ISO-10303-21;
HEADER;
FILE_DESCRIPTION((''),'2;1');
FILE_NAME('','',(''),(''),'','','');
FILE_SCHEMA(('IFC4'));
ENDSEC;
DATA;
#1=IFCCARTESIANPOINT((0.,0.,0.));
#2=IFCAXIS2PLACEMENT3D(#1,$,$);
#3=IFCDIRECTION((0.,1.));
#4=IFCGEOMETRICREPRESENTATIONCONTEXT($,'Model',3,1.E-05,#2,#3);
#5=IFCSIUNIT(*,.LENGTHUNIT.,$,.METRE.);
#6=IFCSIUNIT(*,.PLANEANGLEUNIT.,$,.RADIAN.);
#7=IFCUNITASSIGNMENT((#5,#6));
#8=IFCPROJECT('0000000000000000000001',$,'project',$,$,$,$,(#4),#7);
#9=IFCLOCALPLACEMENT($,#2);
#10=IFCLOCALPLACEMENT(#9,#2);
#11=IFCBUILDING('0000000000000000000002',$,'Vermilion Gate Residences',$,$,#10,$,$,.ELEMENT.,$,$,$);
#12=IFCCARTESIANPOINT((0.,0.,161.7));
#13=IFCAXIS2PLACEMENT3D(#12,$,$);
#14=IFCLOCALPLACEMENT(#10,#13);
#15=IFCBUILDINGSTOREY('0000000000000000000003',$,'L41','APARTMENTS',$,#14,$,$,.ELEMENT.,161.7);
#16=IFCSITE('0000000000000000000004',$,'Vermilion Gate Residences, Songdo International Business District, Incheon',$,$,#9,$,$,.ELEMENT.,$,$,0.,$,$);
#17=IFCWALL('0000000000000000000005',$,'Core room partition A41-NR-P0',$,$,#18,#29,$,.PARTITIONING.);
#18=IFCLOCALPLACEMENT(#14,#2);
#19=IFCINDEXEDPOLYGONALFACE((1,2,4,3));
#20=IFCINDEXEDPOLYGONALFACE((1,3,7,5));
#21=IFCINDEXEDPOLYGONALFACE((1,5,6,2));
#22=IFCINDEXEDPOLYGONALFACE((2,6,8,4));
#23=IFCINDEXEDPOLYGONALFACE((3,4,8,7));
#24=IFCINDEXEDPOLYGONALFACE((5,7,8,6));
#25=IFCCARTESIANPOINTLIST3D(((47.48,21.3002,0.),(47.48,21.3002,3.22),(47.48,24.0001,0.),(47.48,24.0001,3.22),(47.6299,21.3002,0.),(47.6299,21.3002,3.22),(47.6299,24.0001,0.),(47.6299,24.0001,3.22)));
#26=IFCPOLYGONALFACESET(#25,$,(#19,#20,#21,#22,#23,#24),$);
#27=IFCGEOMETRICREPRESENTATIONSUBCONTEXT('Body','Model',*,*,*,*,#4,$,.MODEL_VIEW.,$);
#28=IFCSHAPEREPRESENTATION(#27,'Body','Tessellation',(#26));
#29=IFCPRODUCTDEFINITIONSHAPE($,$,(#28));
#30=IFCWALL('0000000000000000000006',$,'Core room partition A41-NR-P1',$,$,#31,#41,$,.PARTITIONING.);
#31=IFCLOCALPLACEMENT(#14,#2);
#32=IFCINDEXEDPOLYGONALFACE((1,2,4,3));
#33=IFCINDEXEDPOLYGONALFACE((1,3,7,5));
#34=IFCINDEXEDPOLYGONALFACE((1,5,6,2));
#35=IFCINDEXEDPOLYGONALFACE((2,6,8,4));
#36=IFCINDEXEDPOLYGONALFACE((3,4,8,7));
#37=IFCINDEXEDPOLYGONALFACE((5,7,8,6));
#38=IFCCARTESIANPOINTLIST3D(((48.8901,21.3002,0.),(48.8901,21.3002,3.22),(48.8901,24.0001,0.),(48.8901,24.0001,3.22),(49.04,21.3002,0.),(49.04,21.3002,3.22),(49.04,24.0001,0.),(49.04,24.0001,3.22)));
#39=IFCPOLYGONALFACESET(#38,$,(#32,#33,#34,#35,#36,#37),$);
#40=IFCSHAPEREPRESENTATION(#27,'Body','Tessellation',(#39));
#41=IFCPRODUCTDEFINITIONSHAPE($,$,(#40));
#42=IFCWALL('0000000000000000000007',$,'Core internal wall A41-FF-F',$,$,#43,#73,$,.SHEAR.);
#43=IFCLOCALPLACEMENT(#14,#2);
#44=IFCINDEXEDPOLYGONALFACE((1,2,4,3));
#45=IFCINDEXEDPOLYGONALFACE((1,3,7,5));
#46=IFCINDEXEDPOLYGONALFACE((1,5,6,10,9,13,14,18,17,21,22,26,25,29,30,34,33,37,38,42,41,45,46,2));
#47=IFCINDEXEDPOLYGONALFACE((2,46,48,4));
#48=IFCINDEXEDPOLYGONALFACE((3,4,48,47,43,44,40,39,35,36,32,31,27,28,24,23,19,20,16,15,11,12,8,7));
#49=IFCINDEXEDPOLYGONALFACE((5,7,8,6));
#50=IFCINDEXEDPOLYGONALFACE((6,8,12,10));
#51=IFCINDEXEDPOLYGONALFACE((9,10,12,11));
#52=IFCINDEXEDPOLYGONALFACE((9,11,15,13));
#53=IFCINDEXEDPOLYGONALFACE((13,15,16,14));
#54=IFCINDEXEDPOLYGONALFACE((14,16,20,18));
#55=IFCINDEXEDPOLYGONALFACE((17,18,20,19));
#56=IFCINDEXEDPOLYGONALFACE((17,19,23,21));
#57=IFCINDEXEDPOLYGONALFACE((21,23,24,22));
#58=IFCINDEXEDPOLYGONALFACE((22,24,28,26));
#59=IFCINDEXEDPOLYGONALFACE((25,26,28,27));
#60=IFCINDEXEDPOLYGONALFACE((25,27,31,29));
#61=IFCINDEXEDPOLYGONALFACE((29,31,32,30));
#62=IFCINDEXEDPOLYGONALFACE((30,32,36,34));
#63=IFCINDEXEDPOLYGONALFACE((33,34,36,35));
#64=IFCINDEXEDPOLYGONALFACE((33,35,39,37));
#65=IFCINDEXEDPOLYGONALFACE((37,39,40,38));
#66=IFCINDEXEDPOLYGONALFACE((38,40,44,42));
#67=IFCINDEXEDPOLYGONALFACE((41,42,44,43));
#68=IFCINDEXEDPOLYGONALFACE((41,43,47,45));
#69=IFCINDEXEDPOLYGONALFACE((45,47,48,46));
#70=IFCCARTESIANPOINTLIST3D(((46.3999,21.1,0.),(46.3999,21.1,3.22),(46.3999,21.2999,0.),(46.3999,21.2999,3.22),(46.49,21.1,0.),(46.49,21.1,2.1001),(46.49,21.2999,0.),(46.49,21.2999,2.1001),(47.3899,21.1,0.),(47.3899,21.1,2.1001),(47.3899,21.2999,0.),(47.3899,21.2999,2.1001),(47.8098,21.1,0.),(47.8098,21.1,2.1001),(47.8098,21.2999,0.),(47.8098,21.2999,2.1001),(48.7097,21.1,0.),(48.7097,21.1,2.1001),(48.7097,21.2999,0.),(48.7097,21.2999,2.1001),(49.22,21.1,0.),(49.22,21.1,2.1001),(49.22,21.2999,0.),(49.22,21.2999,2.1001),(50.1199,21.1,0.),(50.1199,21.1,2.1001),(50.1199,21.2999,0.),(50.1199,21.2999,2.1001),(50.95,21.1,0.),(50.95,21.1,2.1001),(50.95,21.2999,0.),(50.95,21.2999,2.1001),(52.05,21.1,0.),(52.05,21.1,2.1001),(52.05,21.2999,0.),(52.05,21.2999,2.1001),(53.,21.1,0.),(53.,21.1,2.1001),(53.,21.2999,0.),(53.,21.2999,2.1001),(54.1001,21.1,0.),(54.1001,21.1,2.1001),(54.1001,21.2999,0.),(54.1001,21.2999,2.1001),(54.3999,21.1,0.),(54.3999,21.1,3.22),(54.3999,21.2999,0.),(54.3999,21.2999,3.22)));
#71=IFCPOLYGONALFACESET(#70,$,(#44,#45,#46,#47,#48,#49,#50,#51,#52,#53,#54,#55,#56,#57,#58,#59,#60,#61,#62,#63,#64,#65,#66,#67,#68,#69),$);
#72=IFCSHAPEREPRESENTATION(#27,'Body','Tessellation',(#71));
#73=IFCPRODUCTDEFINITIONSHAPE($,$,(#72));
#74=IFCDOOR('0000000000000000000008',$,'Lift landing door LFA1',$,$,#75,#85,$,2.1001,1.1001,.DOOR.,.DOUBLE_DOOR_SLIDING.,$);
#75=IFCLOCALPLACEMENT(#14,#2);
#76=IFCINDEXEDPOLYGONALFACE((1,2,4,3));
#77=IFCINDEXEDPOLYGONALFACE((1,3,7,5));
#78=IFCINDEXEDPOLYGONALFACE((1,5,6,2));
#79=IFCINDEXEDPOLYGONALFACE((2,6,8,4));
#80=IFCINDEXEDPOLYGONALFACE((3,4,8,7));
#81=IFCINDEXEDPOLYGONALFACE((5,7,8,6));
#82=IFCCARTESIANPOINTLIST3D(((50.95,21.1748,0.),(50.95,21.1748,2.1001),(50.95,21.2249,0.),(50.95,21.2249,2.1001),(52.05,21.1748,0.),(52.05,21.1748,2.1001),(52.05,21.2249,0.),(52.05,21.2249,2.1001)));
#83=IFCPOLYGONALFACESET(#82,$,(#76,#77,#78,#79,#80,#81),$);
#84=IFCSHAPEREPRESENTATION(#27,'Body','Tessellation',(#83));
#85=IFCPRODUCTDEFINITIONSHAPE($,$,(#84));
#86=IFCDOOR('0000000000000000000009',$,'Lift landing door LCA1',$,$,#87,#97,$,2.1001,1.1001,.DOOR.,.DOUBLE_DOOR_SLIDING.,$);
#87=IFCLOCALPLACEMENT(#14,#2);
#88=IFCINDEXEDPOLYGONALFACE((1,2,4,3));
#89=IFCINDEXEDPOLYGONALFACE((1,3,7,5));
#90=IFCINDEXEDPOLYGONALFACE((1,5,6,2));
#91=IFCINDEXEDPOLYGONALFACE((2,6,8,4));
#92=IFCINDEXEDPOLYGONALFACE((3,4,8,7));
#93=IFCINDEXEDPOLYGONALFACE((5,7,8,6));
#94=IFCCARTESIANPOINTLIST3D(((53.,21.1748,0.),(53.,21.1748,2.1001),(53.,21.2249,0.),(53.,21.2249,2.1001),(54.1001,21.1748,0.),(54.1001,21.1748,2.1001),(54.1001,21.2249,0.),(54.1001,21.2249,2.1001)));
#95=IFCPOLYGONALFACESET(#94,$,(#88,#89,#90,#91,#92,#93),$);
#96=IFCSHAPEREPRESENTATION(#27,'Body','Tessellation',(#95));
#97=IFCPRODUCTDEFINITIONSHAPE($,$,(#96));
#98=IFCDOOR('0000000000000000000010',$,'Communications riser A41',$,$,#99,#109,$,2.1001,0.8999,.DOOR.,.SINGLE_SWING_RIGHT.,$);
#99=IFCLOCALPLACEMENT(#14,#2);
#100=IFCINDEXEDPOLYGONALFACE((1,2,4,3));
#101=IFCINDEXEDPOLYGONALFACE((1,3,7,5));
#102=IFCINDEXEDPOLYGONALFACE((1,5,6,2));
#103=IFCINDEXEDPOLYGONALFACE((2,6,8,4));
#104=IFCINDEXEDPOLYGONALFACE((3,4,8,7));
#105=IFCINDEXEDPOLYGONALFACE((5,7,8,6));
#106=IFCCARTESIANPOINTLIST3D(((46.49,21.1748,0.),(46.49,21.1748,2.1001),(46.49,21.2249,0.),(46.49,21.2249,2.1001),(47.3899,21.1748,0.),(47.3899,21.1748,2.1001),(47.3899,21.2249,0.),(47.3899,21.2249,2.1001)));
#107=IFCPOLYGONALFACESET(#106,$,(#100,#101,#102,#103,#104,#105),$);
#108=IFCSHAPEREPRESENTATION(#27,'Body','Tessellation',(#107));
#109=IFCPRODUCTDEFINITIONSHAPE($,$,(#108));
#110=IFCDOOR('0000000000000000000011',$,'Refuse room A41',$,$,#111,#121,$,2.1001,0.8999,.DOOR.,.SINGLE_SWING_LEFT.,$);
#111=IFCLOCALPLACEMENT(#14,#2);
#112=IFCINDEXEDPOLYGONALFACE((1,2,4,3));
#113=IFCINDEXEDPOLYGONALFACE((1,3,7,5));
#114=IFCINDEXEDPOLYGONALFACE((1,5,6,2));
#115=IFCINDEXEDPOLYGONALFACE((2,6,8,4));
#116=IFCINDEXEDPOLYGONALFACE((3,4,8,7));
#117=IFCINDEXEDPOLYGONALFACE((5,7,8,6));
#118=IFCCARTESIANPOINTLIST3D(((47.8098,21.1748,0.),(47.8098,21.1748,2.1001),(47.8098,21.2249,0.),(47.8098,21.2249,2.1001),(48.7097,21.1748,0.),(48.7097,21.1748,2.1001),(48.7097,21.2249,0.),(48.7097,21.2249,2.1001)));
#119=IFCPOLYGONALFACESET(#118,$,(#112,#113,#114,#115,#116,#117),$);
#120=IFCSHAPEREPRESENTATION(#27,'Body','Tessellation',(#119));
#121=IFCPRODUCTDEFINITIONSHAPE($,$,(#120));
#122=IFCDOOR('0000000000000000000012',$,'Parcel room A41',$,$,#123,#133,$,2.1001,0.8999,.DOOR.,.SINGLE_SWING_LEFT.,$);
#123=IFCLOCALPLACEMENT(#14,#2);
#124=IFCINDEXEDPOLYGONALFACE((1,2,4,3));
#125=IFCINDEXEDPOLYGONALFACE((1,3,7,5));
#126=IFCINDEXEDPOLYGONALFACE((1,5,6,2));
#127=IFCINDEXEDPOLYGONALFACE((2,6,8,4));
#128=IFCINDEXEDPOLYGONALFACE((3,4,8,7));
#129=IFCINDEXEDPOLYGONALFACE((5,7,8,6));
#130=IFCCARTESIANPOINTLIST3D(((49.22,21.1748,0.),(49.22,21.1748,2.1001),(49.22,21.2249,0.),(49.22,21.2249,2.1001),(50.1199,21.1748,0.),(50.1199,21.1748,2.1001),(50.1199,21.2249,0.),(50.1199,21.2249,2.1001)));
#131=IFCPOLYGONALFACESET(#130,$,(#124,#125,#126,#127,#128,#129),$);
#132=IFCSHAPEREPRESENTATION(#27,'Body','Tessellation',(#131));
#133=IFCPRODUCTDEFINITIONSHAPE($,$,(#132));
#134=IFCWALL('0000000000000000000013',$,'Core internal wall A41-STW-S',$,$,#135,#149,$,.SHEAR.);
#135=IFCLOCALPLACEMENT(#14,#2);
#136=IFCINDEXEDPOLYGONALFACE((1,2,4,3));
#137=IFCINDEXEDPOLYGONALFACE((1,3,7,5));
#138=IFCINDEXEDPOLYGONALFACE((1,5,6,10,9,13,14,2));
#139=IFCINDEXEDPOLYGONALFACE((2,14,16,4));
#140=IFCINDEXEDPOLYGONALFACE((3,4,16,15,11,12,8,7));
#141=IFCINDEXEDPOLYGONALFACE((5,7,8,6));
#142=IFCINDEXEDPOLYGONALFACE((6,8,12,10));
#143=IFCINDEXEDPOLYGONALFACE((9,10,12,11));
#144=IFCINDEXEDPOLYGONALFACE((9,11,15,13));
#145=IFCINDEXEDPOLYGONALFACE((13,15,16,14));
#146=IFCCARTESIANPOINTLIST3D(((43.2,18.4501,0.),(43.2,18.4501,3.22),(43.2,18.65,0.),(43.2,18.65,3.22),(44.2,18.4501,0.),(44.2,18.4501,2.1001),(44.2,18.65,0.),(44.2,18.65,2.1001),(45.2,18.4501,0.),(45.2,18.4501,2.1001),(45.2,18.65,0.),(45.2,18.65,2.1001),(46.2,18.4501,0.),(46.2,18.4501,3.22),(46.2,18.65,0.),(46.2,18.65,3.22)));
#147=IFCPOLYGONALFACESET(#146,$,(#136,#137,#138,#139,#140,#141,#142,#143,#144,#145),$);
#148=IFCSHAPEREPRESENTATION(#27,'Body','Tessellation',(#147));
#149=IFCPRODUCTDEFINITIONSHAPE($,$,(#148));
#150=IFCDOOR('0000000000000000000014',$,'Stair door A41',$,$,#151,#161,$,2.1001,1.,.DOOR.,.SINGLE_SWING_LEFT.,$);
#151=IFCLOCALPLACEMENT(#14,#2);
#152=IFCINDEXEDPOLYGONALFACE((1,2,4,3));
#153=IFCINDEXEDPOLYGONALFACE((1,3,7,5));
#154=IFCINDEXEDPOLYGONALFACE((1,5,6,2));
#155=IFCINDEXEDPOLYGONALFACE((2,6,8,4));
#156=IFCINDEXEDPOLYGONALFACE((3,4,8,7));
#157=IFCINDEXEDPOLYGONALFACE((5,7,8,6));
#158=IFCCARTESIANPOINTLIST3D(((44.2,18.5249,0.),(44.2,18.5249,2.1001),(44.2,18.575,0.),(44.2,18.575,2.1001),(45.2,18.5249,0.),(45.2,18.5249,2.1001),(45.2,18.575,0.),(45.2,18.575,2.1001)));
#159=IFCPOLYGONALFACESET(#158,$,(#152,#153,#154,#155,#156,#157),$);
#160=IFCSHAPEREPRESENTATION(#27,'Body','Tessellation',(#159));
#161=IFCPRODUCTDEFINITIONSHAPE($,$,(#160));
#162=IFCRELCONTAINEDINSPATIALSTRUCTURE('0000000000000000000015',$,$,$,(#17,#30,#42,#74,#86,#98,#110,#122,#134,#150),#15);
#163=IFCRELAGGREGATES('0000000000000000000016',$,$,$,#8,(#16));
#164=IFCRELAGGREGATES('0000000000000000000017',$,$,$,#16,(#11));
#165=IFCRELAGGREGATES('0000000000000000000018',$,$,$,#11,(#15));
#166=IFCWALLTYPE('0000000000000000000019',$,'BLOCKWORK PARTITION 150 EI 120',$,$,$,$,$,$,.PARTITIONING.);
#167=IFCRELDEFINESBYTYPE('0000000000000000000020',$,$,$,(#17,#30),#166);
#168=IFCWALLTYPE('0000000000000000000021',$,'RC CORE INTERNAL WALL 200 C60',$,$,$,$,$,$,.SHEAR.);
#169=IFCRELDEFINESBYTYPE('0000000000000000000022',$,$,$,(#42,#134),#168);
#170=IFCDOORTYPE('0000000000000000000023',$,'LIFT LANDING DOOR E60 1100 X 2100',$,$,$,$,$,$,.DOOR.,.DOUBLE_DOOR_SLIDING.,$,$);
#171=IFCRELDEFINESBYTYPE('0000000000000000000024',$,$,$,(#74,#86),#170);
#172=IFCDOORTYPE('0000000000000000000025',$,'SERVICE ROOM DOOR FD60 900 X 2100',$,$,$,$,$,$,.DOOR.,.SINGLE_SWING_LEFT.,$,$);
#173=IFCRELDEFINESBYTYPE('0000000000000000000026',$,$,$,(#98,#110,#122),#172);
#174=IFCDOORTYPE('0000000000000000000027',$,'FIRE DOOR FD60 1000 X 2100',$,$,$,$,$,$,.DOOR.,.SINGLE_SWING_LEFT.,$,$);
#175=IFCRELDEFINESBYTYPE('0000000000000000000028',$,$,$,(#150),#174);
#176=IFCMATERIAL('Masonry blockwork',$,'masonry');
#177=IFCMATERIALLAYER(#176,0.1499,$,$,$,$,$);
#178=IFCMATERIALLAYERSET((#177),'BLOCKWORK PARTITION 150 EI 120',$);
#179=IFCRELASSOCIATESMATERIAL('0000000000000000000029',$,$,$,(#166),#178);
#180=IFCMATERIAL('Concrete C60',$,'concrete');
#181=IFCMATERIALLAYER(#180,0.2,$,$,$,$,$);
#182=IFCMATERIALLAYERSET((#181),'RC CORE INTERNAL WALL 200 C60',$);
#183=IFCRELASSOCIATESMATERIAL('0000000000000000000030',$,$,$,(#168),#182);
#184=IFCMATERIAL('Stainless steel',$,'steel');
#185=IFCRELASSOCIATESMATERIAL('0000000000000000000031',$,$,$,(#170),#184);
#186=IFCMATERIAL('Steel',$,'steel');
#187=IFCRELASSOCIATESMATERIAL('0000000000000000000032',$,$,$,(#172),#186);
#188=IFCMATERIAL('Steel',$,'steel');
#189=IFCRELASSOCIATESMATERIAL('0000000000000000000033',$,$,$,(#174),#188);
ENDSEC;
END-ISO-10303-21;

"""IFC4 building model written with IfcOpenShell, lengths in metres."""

from ifc_helpers import new_model, si_unit, direction, frame, frame_2d, origin, place, context, subcontext, project, spatial, rectangle, extrude, material, layer, layer_set, type_object, element, fill, save


model = new_model("IFC4")

# Units and contexts
model_context = context("Model", 3, precision=1e-05, world=origin(), true_north=direction((0.0, 1.0)))
body_context = subcontext(model_context, "Body", "Model", "MODEL_VIEW")
ifc_project = project(units=[si_unit("LENGTHUNIT", "METRE"), si_unit("PLANEANGLEUNIT", "RADIAN")], contexts=[model_context])

# Site, building, storey
site_placement = place(None, origin())
site = spatial("IfcSite", under=ifc_project, at=site_placement, Name="Vermilion Gate Residences, Songdo International Business District, Incheon", CompositionType="ELEMENT", RefElevation=0.0)
building_placement = place(site_placement, origin())
building = spatial("IfcBuilding", under=site, at=building_placement, Name="Vermilion Gate Residences", CompositionType="ELEMENT")
storey_placement = place(building_placement, frame((0.0, 0.0, 161.7)))
storey = spatial("IfcBuildingStorey", under=building, at=storey_placement, Name="L41", Description="APARTMENTS", CompositionType="ELEMENT", Elevation=161.7)

# Walls
ifc_material_1 = material(Name="Masonry blockwork", Category="masonry")
ifc_layer_1 = layer(ifc_material_1, 0.1499)
ifc_layer_set_1 = layer_set([ifc_layer_1], Name="BLOCKWORK PARTITION 150 EI 120")
wall_type_1 = type_object("IfcWallType", Name="BLOCKWORK PARTITION 150 EI 120", PredefinedType="PARTITIONING", material=ifc_layer_set_1)
for number, where, z_axis, x_axis, name in (
    (1, (47.5549, 21.3, 0.0), (0.0, 0.0, 1.0), (0.0, 1.0, 0.0), "Core room partition A41-NR-P0"),
    (2, (48.9651, 21.3, 0.0), (0.0, 0.0, 1.0), (0.0, 1.0, 0.0), "Core room partition A41-NR-P1"),
):
    element("IfcWall", number, at=place(storey_placement, frame(where, z_axis=z_axis, x_axis=x_axis)), inside=storey, type_object=wall_type_1, Name=name, PredefinedType="PARTITIONING", context=body_context, shape_type="SweptSolid", body=[
        extrude(rectangle(XDim=2.7, YDim=0.1499, at=frame_2d((1.3501, 0.0))), origin(), (0.0, 0.0, 1.0), 3.22),
    ])

# Wall, openings, doors
ifc_material_2 = material(Name="Concrete C60", Category="concrete")
ifc_layer_2 = layer(ifc_material_2, 0.2)
ifc_layer_set_2 = layer_set([ifc_layer_2], Name="RC CORE INTERNAL WALL 200 C60")
wall_type_2 = type_object("IfcWallType", Name="RC CORE INTERNAL WALL 200 C60", PredefinedType="SHEAR", material=ifc_layer_set_2)
wall_1_placement = place(storey_placement, frame((46.3999, 21.2, 0.0), z_axis=(0.0, 0.0, 1.0), x_axis=(1.0, 0.0, 0.0)))
wall_1 = element("IfcWall", 3, at=wall_1_placement, inside=storey, type_object=wall_type_2, Name="Core internal wall A41-FF-F", PredefinedType="SHEAR", context=body_context, shape_type="SweptSolid", body=[
    extrude(rectangle(XDim=8.0, YDim=0.2, at=frame_2d((4.0, 0.0))), origin(), (0.0, 0.0, 1.0), 3.22),
])
opening_1_placement = place(wall_1_placement, frame((0.0901, 0.0, 0.0)))
opening_1 = element("IfcOpeningElement", 4, at=opening_1_placement, cuts=wall_1, PredefinedType="OPENING", context=body_context, shape_type="SweptSolid", body=[
    extrude(rectangle(XDim=0.8999, YDim=2.1001, at=frame_2d((0.45, 1.05))), frame((0.0, 0.1099, 0.0), z_axis=(0.0, -1.0, 0.0), x_axis=(1.0, 0.0, 0.0)), (0.0, 0.0, 1.0), 0.22),
])
opening_2_placement = place(wall_1_placement, frame((1.4099, 0.0, 0.0)))
opening_2 = element("IfcOpeningElement", 5, at=opening_2_placement, cuts=wall_1, PredefinedType="OPENING", context=body_context, shape_type="SweptSolid", body=[
    extrude(rectangle(XDim=0.8999, YDim=2.1001, at=frame_2d((0.45, 1.05))), frame((0.0, 0.1099, 0.0), z_axis=(0.0, -1.0, 0.0), x_axis=(1.0, 0.0, 0.0)), (0.0, 0.0, 1.0), 0.22),
])
opening_3_placement = place(wall_1_placement, frame((2.8201, 0.0, 0.0)))
opening_3 = element("IfcOpeningElement", 6, at=opening_3_placement, cuts=wall_1, PredefinedType="OPENING", context=body_context, shape_type="SweptSolid", body=[
    extrude(rectangle(XDim=0.8999, YDim=2.1001, at=frame_2d((0.45, 1.05))), frame((0.0, 0.1099, 0.0), z_axis=(0.0, -1.0, 0.0), x_axis=(1.0, 0.0, 0.0)), (0.0, 0.0, 1.0), 0.22),
])
opening_4_placement = place(wall_1_placement, frame((4.55, 0.0, 0.0)))
opening_4 = element("IfcOpeningElement", 7, at=opening_4_placement, cuts=wall_1, PredefinedType="OPENING", context=body_context, shape_type="SweptSolid", body=[
    extrude(rectangle(XDim=1.1001, YDim=2.1001, at=frame_2d((0.55, 1.05))), frame((0.0, 0.1099, 0.0), z_axis=(0.0, -1.0, 0.0), x_axis=(1.0, 0.0, 0.0)), (0.0, 0.0, 1.0), 0.22),
])
opening_5_placement = place(wall_1_placement, frame((6.6001, 0.0, 0.0)))
opening_5 = element("IfcOpeningElement", 8, at=opening_5_placement, cuts=wall_1, PredefinedType="OPENING", context=body_context, shape_type="SweptSolid", body=[
    extrude(rectangle(XDim=1.1001, YDim=2.1001, at=frame_2d((0.55, 1.05))), frame((0.0, 0.1099, 0.0), z_axis=(0.0, -1.0, 0.0), x_axis=(1.0, 0.0, 0.0)), (0.0, 0.0, 1.0), 0.22),
])
ifc_material_3 = material(Name="Stainless steel", Category="steel")
door_type_1 = type_object("IfcDoorType", Name="LIFT LANDING DOOR E60 1100 X 2100", OperationType="DOUBLE_DOOR_SLIDING", PredefinedType="DOOR", material=ifc_material_3)
door_1_placement = place(opening_4_placement, origin())
door_1 = element("IfcDoor", 9, at=door_1_placement, inside=storey, type_object=door_type_1, Name="Lift landing door LFA1", OperationType="DOUBLE_DOOR_SLIDING", OverallHeight=2.1001, OverallWidth=1.1001, PredefinedType="DOOR", context=body_context, shape_type="SweptSolid", body=[
    extrude(rectangle(XDim=1.1001, YDim=2.1001, at=frame_2d((0.55, 1.05))), frame((0.0, 0.0249, 0.0), z_axis=(0.0, -1.0, 0.0), x_axis=(1.0, 0.0, 0.0)), (0.0, 0.0, 1.0), 0.05),
])
fill(opening_4, door_1)
door_2_placement = place(opening_5_placement, origin())
door_2 = element("IfcDoor", 10, at=door_2_placement, inside=storey, type_object=door_type_1, Name="Lift landing door LCA1", OperationType="DOUBLE_DOOR_SLIDING", OverallHeight=2.1001, OverallWidth=1.1001, PredefinedType="DOOR", context=body_context, shape_type="SweptSolid", body=[
    extrude(rectangle(XDim=1.1001, YDim=2.1001, at=frame_2d((0.55, 1.05))), frame((0.0, 0.0249, 0.0), z_axis=(0.0, -1.0, 0.0), x_axis=(1.0, 0.0, 0.0)), (0.0, 0.0, 1.0), 0.05),
])
fill(opening_5, door_2)
ifc_material_4 = material(Name="Steel", Category="steel")
door_type_2 = type_object("IfcDoorType", Name="SERVICE ROOM DOOR FD60 900 X 2100", OperationType="SINGLE_SWING_LEFT", PredefinedType="DOOR", material=ifc_material_4)
door_3_placement = place(opening_1_placement, origin())
door_3 = element("IfcDoor", 11, at=door_3_placement, inside=storey, type_object=door_type_2, Name="Communications riser A41", OperationType="SINGLE_SWING_RIGHT", OverallHeight=2.1001, OverallWidth=0.8999, PredefinedType="DOOR", context=body_context, shape_type="SweptSolid", body=[
    extrude(rectangle(XDim=0.8999, YDim=2.1001, at=frame_2d((0.45, 1.05))), frame((0.0, 0.0249, 0.0), z_axis=(0.0, -1.0, 0.0), x_axis=(1.0, 0.0, 0.0)), (0.0, 0.0, 1.0), 0.05),
])
fill(opening_1, door_3)
door_4_placement = place(opening_2_placement, origin())
door_4 = element("IfcDoor", 12, at=door_4_placement, inside=storey, type_object=door_type_2, Name="Refuse room A41", OperationType="SINGLE_SWING_LEFT", OverallHeight=2.1001, OverallWidth=0.8999, PredefinedType="DOOR", context=body_context, shape_type="SweptSolid", body=[
    extrude(rectangle(XDim=0.8999, YDim=2.1001, at=frame_2d((0.45, 1.05))), frame((0.0, 0.0249, 0.0), z_axis=(0.0, -1.0, 0.0), x_axis=(1.0, 0.0, 0.0)), (0.0, 0.0, 1.0), 0.05),
])
fill(opening_2, door_4)
door_5_placement = place(opening_3_placement, origin())
door_5 = element("IfcDoor", 13, at=door_5_placement, inside=storey, type_object=door_type_2, Name="Parcel room A41", OperationType="SINGLE_SWING_LEFT", OverallHeight=2.1001, OverallWidth=0.8999, PredefinedType="DOOR", context=body_context, shape_type="SweptSolid", body=[
    extrude(rectangle(XDim=0.8999, YDim=2.1001, at=frame_2d((0.45, 1.05))), frame((0.0, 0.0249, 0.0), z_axis=(0.0, -1.0, 0.0), x_axis=(1.0, 0.0, 0.0)), (0.0, 0.0, 1.0), 0.05),
])
fill(opening_3, door_5)

# Wall, opening, door
wall_2_placement = place(storey_placement, frame((43.2, 18.55, 0.0), z_axis=(0.0, 0.0, 1.0), x_axis=(1.0, 0.0, 0.0)))
wall_2 = element("IfcWall", 14, at=wall_2_placement, inside=storey, type_object=wall_type_2, Name="Core internal wall A41-STW-S", PredefinedType="SHEAR", context=body_context, shape_type="SweptSolid", body=[
    extrude(rectangle(XDim=3.0, YDim=0.2, at=frame_2d((1.5, 0.0))), origin(), (0.0, 0.0, 1.0), 3.22),
])
opening_6_placement = place(wall_2_placement, frame((1.0, 0.0, 0.0)))
opening_6 = element("IfcOpeningElement", 15, at=opening_6_placement, cuts=wall_2, PredefinedType="OPENING", context=body_context, shape_type="SweptSolid", body=[
    extrude(rectangle(XDim=1.0, YDim=2.1001, at=frame_2d((0.5, 1.05))), frame((0.0, 0.1099, 0.0), z_axis=(0.0, -1.0, 0.0), x_axis=(1.0, 0.0, 0.0)), (0.0, 0.0, 1.0), 0.22),
])
ifc_material_5 = material(Name="Steel", Category="steel")
door_type_3 = type_object("IfcDoorType", Name="FIRE DOOR FD60 1000 X 2100", OperationType="SINGLE_SWING_LEFT", PredefinedType="DOOR", material=ifc_material_5)
door_6_placement = place(opening_6_placement, origin())
door_6 = element("IfcDoor", 16, at=door_6_placement, inside=storey, type_object=door_type_3, Name="Stair door A41", OperationType="SINGLE_SWING_LEFT", OverallHeight=2.1001, OverallWidth=1.0, PredefinedType="DOOR", context=body_context, shape_type="SweptSolid", body=[
    extrude(rectangle(XDim=1.0, YDim=2.1001, at=frame_2d((0.5, 1.05))), frame((0.0, 0.0249, 0.0), z_axis=(0.0, -1.0, 0.0), x_axis=(1.0, 0.0, 0.0)), (0.0, 0.0, 1.0), 0.05),
])
fill(opening_6, door_6)

save(model, "model.ifc")
